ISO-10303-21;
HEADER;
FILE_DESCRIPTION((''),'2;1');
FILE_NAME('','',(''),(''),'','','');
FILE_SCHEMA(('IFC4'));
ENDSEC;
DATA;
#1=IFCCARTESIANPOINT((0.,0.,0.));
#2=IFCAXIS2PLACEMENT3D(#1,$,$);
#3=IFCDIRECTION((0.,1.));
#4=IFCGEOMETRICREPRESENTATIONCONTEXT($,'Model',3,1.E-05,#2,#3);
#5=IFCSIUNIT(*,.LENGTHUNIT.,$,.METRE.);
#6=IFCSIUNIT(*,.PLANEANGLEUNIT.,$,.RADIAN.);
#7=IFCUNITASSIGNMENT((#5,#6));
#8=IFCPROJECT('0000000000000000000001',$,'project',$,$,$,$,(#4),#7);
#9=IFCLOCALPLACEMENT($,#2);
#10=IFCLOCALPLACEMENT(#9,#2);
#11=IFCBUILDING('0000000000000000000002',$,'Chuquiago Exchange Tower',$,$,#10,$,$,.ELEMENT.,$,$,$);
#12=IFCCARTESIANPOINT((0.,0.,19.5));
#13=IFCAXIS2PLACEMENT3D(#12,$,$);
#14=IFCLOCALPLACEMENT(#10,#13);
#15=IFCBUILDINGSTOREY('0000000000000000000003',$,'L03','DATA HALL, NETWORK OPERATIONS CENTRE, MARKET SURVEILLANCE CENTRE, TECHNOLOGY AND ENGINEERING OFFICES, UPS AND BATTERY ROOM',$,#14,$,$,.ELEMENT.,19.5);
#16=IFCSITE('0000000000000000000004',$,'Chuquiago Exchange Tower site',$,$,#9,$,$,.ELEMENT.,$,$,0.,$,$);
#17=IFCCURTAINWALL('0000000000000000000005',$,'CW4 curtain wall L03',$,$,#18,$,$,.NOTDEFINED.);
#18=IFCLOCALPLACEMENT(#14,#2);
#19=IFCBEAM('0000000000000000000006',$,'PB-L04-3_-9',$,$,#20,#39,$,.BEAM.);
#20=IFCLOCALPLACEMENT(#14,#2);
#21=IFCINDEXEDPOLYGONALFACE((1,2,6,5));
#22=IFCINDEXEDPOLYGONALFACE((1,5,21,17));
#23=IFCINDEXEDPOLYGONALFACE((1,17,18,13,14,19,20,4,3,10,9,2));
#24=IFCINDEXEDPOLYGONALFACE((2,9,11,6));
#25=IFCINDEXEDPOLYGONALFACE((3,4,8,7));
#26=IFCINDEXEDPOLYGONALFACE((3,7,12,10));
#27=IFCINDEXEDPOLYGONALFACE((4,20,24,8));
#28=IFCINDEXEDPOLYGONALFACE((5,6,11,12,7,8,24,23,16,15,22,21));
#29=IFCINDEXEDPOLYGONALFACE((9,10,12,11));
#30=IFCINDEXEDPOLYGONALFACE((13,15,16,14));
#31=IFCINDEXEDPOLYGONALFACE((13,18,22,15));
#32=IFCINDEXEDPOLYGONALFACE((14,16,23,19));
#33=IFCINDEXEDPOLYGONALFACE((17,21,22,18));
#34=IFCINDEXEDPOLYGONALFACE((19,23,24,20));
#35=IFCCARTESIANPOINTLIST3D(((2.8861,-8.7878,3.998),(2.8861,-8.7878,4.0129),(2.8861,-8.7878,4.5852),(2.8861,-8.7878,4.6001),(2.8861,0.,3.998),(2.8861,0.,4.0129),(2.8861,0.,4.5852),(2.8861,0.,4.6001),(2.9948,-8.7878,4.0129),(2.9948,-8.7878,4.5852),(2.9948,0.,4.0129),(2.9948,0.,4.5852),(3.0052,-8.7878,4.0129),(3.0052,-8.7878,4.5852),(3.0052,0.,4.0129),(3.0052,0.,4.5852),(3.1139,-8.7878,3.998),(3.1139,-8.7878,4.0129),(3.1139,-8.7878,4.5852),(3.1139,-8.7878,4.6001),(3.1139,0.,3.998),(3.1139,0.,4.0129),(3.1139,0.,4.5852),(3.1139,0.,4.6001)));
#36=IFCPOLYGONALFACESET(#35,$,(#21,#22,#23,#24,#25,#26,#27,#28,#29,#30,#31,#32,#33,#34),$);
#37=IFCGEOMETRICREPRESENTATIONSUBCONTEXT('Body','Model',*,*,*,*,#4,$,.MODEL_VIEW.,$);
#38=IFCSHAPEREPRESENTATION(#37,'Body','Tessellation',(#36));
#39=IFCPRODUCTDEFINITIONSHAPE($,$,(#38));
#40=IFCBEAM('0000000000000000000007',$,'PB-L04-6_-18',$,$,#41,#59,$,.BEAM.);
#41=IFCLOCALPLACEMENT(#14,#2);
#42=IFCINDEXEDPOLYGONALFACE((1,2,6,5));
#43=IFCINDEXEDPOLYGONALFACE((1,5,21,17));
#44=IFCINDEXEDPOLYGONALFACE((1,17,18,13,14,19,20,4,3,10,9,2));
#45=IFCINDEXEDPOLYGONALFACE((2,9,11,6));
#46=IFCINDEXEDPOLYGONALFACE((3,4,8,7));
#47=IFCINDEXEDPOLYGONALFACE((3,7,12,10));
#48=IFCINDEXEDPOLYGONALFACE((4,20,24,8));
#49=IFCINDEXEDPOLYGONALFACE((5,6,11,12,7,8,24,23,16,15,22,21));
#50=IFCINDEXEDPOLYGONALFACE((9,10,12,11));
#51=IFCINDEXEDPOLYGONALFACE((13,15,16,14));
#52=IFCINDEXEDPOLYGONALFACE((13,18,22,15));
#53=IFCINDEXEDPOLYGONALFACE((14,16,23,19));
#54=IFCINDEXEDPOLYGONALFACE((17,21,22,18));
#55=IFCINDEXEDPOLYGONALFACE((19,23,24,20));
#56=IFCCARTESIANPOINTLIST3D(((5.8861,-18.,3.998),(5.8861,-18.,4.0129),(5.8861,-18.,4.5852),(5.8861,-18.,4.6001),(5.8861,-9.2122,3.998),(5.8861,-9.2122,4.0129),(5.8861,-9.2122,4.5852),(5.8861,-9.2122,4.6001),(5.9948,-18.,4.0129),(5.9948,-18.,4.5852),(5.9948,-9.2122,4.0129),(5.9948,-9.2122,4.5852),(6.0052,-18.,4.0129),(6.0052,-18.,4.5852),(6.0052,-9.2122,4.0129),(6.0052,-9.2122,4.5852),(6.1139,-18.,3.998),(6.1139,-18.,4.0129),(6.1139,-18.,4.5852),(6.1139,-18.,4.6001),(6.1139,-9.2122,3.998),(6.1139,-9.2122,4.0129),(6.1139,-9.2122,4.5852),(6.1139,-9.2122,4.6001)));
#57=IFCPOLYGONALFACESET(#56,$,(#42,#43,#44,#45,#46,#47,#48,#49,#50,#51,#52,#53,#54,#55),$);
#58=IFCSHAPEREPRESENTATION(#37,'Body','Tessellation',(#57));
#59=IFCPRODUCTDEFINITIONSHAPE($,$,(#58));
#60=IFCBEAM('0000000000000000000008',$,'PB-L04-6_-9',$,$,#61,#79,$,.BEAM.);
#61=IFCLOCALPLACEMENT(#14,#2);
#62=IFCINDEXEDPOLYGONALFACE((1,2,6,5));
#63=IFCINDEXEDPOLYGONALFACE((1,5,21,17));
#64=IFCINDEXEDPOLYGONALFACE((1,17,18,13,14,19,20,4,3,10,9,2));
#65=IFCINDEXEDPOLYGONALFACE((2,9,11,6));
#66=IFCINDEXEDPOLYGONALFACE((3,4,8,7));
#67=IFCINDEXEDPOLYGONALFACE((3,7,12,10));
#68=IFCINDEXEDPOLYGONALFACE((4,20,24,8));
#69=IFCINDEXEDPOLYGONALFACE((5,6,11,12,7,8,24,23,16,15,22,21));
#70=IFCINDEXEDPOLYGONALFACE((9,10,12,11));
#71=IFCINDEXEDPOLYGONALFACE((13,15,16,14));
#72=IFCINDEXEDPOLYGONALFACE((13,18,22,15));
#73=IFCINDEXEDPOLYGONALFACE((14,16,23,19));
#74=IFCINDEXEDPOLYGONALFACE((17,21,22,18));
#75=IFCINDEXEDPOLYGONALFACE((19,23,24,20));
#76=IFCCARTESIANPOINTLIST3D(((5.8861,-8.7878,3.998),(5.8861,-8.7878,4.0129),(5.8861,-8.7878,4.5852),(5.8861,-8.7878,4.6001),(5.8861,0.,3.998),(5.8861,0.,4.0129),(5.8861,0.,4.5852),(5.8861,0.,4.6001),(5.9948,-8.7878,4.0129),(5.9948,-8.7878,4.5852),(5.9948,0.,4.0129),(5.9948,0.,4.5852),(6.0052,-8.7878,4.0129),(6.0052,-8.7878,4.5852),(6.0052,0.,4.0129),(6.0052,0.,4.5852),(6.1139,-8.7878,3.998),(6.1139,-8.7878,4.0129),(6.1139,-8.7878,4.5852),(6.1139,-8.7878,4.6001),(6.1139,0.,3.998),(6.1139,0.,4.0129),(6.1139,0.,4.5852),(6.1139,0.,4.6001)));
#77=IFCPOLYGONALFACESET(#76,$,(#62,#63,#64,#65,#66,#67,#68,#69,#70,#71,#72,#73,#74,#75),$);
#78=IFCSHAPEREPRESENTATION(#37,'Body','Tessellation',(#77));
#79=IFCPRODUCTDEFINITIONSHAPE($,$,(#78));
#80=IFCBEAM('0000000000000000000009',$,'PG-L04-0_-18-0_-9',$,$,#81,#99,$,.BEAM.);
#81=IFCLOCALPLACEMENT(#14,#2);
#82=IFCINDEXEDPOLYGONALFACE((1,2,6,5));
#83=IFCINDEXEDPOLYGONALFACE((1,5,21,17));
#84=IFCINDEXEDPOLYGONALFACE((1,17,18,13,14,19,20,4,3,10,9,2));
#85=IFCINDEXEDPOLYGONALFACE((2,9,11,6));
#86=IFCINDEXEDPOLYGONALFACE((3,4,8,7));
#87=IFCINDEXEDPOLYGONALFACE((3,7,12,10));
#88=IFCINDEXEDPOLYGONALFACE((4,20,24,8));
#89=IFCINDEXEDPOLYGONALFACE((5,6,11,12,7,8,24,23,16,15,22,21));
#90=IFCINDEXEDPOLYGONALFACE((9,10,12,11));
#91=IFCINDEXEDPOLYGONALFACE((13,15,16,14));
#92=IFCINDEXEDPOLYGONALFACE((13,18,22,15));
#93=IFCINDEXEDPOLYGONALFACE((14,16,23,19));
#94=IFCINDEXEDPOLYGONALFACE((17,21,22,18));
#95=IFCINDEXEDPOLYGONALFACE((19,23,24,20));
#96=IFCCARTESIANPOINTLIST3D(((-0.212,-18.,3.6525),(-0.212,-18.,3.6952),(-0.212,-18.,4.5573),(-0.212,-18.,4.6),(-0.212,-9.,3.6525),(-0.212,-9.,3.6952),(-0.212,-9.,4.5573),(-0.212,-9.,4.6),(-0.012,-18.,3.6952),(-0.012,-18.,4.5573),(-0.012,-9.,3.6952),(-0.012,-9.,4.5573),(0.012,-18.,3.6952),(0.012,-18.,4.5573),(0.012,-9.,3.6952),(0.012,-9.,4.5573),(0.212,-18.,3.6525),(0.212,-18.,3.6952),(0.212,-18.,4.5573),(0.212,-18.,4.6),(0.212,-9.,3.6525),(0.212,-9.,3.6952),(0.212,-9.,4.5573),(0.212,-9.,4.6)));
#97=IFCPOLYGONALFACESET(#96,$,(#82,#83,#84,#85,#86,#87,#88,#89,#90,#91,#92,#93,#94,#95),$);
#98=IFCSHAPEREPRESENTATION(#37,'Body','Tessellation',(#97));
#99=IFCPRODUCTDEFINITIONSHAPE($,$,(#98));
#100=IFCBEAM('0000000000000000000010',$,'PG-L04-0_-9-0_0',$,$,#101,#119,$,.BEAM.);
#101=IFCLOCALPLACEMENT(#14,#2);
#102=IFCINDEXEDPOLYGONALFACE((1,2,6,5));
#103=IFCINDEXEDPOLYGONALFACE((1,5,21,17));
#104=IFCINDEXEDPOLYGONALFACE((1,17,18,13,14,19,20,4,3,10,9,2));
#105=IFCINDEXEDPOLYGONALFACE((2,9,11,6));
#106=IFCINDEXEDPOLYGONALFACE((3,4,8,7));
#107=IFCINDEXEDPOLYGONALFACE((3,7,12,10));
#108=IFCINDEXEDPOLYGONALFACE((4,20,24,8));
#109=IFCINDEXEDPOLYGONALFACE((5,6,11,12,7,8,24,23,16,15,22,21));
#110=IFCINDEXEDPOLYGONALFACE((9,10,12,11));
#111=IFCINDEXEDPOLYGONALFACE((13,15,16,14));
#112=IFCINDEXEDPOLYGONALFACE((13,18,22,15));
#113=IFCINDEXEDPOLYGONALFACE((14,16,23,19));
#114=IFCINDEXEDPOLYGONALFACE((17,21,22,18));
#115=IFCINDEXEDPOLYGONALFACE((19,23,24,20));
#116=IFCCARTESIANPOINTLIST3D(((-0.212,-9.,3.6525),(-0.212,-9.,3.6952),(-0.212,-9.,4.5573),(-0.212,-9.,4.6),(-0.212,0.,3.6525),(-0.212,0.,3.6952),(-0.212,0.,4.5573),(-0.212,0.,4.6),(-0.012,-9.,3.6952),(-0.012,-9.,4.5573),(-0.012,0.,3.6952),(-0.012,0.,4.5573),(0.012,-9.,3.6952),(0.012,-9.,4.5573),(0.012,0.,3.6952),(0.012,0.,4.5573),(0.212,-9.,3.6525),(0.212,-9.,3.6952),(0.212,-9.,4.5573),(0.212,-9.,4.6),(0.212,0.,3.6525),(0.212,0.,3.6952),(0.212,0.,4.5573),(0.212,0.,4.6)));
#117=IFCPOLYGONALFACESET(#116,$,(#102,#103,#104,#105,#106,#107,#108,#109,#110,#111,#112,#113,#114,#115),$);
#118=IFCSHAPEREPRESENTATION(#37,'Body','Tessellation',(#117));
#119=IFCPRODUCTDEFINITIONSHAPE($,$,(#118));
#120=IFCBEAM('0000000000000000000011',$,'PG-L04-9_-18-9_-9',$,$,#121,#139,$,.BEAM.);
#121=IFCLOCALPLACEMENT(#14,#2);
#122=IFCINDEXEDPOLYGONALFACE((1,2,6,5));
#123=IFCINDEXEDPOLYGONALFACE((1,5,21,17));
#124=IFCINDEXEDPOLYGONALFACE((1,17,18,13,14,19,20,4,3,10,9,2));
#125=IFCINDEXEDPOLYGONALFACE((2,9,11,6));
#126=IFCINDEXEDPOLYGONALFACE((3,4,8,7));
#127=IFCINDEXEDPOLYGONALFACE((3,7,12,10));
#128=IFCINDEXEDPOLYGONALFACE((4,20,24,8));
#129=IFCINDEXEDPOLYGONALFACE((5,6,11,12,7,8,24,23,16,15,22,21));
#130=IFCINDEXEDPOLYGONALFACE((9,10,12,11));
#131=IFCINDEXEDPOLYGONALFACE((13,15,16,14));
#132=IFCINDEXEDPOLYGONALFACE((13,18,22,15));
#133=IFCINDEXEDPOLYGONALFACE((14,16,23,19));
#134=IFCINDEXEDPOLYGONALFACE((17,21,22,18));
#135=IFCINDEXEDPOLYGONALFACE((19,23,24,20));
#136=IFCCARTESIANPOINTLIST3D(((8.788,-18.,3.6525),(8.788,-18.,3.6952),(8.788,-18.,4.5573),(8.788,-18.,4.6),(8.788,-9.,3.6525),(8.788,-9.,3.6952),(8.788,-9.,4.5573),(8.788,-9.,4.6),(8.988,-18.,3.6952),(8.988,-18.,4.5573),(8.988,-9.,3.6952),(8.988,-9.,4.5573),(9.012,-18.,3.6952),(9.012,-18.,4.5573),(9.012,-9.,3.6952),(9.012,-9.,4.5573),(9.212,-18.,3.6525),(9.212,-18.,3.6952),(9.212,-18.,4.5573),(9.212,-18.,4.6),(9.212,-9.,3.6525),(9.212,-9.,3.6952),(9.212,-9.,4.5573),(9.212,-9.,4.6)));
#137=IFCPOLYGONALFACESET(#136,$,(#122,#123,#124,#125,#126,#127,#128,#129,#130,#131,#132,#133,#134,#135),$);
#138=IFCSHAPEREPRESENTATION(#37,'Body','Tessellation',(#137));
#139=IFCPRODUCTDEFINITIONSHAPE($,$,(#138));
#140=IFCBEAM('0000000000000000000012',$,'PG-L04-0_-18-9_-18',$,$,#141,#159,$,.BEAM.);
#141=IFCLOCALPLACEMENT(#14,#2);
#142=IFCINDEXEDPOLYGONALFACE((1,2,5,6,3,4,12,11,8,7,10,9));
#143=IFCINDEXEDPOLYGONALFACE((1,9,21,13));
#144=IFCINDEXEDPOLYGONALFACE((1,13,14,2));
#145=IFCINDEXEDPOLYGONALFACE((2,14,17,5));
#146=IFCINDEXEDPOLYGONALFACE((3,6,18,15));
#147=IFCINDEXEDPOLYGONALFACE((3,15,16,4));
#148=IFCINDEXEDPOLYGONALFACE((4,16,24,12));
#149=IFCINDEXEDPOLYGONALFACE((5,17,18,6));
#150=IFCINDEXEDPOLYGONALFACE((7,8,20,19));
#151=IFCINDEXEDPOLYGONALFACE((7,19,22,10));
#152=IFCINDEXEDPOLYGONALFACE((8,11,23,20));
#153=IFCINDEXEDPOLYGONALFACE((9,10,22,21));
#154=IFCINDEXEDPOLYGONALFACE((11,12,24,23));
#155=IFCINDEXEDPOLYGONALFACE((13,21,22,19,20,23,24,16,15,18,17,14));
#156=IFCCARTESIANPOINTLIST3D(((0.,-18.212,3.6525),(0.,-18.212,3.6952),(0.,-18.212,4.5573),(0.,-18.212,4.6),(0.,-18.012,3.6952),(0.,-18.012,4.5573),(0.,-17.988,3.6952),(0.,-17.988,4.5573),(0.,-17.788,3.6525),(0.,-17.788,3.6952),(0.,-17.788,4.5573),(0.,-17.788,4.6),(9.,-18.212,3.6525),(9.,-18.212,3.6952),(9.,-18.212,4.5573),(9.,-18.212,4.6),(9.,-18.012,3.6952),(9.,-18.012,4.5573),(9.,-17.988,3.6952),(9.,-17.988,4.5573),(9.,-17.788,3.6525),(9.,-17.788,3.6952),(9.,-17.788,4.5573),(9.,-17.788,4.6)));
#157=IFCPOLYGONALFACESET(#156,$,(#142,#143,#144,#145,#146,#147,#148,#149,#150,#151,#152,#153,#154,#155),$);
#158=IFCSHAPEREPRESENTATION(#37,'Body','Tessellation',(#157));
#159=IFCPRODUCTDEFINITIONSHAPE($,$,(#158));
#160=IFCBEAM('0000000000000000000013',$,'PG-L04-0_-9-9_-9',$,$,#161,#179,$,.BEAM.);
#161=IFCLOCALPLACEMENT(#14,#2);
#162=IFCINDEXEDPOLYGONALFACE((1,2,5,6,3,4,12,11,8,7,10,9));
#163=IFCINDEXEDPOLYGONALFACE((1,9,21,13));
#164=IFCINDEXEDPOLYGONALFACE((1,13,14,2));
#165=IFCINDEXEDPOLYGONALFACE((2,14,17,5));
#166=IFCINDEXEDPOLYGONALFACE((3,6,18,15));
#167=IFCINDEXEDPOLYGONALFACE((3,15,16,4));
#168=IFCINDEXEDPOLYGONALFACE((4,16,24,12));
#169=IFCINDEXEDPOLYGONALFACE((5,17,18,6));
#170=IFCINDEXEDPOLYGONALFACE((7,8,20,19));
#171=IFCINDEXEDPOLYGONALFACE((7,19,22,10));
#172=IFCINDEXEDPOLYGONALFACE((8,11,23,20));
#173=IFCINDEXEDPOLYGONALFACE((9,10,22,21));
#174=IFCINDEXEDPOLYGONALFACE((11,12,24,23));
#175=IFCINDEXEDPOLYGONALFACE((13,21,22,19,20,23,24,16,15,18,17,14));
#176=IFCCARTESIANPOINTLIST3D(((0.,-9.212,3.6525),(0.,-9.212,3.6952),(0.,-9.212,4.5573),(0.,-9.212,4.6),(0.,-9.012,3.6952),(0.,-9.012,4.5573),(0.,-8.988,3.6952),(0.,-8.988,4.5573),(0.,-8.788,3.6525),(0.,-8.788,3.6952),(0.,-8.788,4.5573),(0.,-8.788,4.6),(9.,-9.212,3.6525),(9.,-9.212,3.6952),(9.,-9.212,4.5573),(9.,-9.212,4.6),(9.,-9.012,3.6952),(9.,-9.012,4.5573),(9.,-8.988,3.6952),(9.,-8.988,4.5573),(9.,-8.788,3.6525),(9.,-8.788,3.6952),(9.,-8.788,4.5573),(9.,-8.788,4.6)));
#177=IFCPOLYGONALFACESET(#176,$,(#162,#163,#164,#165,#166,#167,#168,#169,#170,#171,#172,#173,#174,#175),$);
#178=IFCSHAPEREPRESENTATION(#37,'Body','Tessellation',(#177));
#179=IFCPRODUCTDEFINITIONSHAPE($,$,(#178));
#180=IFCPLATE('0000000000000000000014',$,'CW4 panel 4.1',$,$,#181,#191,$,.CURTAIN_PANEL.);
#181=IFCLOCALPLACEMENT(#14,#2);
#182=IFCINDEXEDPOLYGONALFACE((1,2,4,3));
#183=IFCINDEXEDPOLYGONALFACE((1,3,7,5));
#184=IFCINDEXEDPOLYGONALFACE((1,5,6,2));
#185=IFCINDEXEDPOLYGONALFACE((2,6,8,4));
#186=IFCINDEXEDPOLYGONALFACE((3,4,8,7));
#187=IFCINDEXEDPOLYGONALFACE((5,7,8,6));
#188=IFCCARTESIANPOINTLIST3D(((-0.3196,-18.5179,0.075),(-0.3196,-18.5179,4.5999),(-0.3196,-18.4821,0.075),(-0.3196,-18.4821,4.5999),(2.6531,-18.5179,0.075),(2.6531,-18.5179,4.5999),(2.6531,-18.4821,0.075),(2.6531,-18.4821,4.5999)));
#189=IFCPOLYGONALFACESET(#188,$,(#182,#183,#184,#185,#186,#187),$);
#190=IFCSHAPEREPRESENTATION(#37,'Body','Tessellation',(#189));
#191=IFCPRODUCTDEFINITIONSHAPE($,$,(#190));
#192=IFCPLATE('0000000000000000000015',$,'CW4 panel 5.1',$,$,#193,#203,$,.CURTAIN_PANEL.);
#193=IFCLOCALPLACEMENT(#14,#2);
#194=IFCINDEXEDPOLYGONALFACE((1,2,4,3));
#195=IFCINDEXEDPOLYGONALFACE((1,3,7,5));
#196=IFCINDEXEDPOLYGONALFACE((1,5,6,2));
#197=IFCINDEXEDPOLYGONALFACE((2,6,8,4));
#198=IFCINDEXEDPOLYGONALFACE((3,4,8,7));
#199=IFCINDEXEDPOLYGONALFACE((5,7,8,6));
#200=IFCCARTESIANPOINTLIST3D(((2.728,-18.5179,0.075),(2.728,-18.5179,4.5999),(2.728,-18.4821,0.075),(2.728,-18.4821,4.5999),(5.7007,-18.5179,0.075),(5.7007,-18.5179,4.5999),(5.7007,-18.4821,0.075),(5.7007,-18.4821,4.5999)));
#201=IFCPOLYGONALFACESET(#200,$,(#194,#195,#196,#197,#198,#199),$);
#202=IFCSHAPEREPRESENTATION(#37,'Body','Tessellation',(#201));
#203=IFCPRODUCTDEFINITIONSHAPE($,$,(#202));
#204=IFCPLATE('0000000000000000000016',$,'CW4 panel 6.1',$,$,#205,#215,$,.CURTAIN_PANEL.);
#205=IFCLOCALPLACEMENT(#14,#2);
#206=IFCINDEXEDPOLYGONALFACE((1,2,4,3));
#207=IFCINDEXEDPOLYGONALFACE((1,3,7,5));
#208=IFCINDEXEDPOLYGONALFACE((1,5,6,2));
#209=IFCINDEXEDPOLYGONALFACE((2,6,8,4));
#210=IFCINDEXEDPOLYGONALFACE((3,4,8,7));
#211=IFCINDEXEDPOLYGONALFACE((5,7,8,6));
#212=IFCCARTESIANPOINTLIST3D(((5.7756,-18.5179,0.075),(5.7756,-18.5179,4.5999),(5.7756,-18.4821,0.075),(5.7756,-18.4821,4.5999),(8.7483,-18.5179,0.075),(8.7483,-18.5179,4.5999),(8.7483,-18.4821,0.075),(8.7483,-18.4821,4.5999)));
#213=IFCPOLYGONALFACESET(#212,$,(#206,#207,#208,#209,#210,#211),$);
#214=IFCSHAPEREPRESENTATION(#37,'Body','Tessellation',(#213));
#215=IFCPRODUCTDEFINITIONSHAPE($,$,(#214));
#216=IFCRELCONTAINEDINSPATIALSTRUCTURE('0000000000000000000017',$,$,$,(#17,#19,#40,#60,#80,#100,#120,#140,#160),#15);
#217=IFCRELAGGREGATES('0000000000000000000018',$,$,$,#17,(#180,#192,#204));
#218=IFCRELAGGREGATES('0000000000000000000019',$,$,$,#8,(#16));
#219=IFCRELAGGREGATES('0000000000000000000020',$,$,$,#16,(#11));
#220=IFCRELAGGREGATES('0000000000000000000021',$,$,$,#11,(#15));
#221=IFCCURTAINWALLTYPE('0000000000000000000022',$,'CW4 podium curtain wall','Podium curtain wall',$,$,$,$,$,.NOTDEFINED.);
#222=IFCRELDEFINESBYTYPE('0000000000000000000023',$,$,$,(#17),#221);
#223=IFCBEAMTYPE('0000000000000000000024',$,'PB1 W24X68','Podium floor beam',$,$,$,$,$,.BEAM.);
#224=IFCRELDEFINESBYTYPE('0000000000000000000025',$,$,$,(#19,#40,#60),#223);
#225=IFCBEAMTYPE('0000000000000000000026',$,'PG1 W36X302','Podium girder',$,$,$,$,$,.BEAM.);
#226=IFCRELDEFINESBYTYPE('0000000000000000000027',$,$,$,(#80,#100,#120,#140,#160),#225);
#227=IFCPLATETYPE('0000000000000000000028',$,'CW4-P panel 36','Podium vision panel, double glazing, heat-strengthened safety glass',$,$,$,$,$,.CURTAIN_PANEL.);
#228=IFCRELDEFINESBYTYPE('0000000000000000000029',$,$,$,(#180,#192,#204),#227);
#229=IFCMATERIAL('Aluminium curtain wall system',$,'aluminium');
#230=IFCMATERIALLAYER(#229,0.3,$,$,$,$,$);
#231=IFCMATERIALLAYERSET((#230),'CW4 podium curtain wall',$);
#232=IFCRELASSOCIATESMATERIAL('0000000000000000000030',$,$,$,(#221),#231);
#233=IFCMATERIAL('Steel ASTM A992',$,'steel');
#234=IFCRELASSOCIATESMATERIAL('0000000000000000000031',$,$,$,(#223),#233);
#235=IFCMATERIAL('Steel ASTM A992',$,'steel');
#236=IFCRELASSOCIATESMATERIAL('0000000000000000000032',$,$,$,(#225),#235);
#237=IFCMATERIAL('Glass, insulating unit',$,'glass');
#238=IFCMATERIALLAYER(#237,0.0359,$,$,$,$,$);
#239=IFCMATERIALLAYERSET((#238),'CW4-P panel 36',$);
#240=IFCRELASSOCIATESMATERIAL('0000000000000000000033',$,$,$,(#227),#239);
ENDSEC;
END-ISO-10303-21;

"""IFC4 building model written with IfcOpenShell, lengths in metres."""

from ifc_helpers import new_model, si_unit, direction, frame, origin, origin_2d, place, context, subcontext, project, spatial, rectangle, i_section, extrude, material, layer, layer_set, material_profile, profile_set, type_object, element, aggregate, save


model = new_model("IFC4")

# Units and contexts
model_context = context("Model", 3, precision=1e-05, world=origin(), true_north=direction((0.0, 1.0)))
body_context = subcontext(model_context, "Body", "Model", "MODEL_VIEW")
ifc_project = project(units=[si_unit("LENGTHUNIT", "METRE"), si_unit("PLANEANGLEUNIT", "RADIAN")], contexts=[model_context])

# Site, building, storey
site_placement = place(None, origin())
site = spatial("IfcSite", under=ifc_project, at=site_placement, Name="Chuquiago Exchange Tower site", CompositionType="ELEMENT", RefElevation=0.0)
building_placement = place(site_placement, origin())
building = spatial("IfcBuilding", under=site, at=building_placement, Name="Chuquiago Exchange Tower", CompositionType="ELEMENT")
storey_placement = place(building_placement, frame((0.0, 0.0, 19.5)))
storey = spatial("IfcBuildingStorey", under=building, at=storey_placement, Name="L03", Description="DATA HALL, NETWORK OPERATIONS CENTRE, MARKET SURVEILLANCE CENTRE, TECHNOLOGY AND ENGINEERING OFFICES, UPS AND BATTERY ROOM", CompositionType="ELEMENT", Elevation=19.5)

# Curtain wall
ifc_material_1 = material(Name="Aluminium curtain wall system", Category="aluminium")
ifc_layer_1 = layer(ifc_material_1, 0.3)
ifc_layer_set_1 = layer_set([ifc_layer_1], Name="CW4 podium curtain wall")
curtain_wall_type = type_object("IfcCurtainWallType", Name="CW4 podium curtain wall", Description="Podium curtain wall", PredefinedType="NOTDEFINED", material=ifc_layer_set_1)
curtain_wall_placement = place(storey_placement, origin())
curtain_wall = element("IfcCurtainWall", 1, at=curtain_wall_placement, inside=storey, type_object=curtain_wall_type, Name="CW4 curtain wall L03", PredefinedType="NOTDEFINED")

# Beams
ifc_material_2 = material(Name="Steel ASTM A992", Category="steel")
ifc_material_profile_1 = material_profile(ifc_material_2, i_section(OverallWidth=0.2278, OverallDepth=0.6021, WebThickness=0.0105, FlangeThickness=0.0149, at=origin_2d()), Name="W24X68")
ifc_profile_set_1 = profile_set([ifc_material_profile_1], Name="Steel ASTM A992")
beam_type_1 = type_object("IfcBeamType", Name="PB1 W24X68", Description="Podium floor beam", PredefinedType="BEAM", material=ifc_profile_set_1)
for number, where, z_axis, x_axis, name in (
    (2, (3.0, -8.7878, 4.2991), (0.0, 1.0, 0.0), (-1.0, 0.0, 0.0), "PB-L04-3_-9"),
    (3, (6.0, -18.0, 4.2991), (0.0, 1.0, 0.0), (-1.0, 0.0, 0.0), "PB-L04-6_-18"),
    (4, (6.0, -8.7878, 4.2991), (0.0, 1.0, 0.0), (-1.0, 0.0, 0.0), "PB-L04-6_-9"),
):
    element("IfcBeam", number, at=place(storey_placement, frame(where, z_axis=z_axis, x_axis=x_axis)), inside=storey, type_object=beam_type_1, Name=name, PredefinedType="BEAM", context=body_context, shape_type="SweptSolid", body=[
        extrude(i_section(OverallWidth=0.2278, OverallDepth=0.6021, WebThickness=0.0105, FlangeThickness=0.0149, at=origin_2d()), origin(), (0.0, 0.0, 1.0), 8.7878),
    ])
ifc_material_3 = material(Name="Steel ASTM A992", Category="steel")
ifc_material_profile_2 = material_profile(ifc_material_3, i_section(OverallWidth=0.4241, OverallDepth=0.9475, WebThickness=0.0239, FlangeThickness=0.0427, at=origin_2d()), Name="W36X302")
ifc_profile_set_2 = profile_set([ifc_material_profile_2], Name="Steel ASTM A992")
beam_type_2 = type_object("IfcBeamType", Name="PG1 W36X302", Description="Podium girder", PredefinedType="BEAM", material=ifc_profile_set_2)
for number, where, z_axis, x_axis, name in (
    (5, (0.0, -18.0, 4.1262), (0.0, 1.0, 0.0), (-1.0, 0.0, 0.0), "PG-L04-0_-18-0_-9"),
    (6, (0.0, -9.0, 4.1262), (0.0, 1.0, 0.0), (-1.0, 0.0, 0.0), "PG-L04-0_-9-0_0"),
    (7, (9.0, -18.0, 4.1262), (0.0, 1.0, 0.0), (-1.0, 0.0, 0.0), "PG-L04-9_-18-9_-9"),
    (8, (0.0, -18.0, 4.1262), (1.0, 0.0, 0.0), (0.0, 1.0, 0.0), "PG-L04-0_-18-9_-18"),
    (9, (0.0, -9.0, 4.1262), (1.0, 0.0, 0.0), (0.0, 1.0, 0.0), "PG-L04-0_-9-9_-9"),
):
    element("IfcBeam", number, at=place(storey_placement, frame(where, z_axis=z_axis, x_axis=x_axis)), inside=storey, type_object=beam_type_2, Name=name, PredefinedType="BEAM", context=body_context, shape_type="SweptSolid", body=[
        extrude(i_section(OverallWidth=0.4241, OverallDepth=0.9475, WebThickness=0.0239, FlangeThickness=0.0427, at=origin_2d()), origin(), (0.0, 0.0, 1.0), 9.0),
    ])

# Plates
ifc_material_4 = material(Name="Glass, insulating unit", Category="glass")
ifc_layer_2 = layer(ifc_material_4, 0.0359)
ifc_layer_set_2 = layer_set([ifc_layer_2], Name="CW4-P panel 36")
plate_type = type_object("IfcPlateType", Name="CW4-P panel 36", Description="Podium vision panel, double glazing, heat-strengthened safety glass", PredefinedType="CURTAIN_PANEL", material=ifc_layer_set_2)
plate_1_placement = place(storey_placement, frame((1.1667, -18.5, 0.075), z_axis=(0.0, 0.0, 1.0), x_axis=(1.0, 0.0, 0.0)))
plate_1 = element("IfcPlate", 10, at=plate_1_placement, type_object=plate_type, Name="CW4 panel 4.1", PredefinedType="CURTAIN_PANEL", context=body_context, shape_type="SweptSolid", body=[
    extrude(rectangle(XDim=2.9727, YDim=0.0359, at=origin_2d()), origin(), (0.0, 0.0, 1.0), 4.5249),
])
plate_2_placement = place(storey_placement, frame((4.2144, -18.5, 0.075), z_axis=(0.0, 0.0, 1.0), x_axis=(1.0, 0.0, 0.0)))
plate_2 = element("IfcPlate", 11, at=plate_2_placement, type_object=plate_type, Name="CW4 panel 5.1", PredefinedType="CURTAIN_PANEL", context=body_context, shape_type="SweptSolid", body=[
    extrude(rectangle(XDim=2.9727, YDim=0.0359, at=origin_2d()), origin(), (0.0, 0.0, 1.0), 4.5249),
])
plate_3_placement = place(storey_placement, frame((7.262, -18.5, 0.075), z_axis=(0.0, 0.0, 1.0), x_axis=(1.0, 0.0, 0.0)))
plate_3 = element("IfcPlate", 12, at=plate_3_placement, type_object=plate_type, Name="CW4 panel 6.1", PredefinedType="CURTAIN_PANEL", context=body_context, shape_type="SweptSolid", body=[
    extrude(rectangle(XDim=2.9727, YDim=0.0359, at=origin_2d()), origin(), (0.0, 0.0, 1.0), 4.5249),
])
aggregate(curtain_wall, [plate_1, plate_2, plate_3])

save(model, "model.ifc")
